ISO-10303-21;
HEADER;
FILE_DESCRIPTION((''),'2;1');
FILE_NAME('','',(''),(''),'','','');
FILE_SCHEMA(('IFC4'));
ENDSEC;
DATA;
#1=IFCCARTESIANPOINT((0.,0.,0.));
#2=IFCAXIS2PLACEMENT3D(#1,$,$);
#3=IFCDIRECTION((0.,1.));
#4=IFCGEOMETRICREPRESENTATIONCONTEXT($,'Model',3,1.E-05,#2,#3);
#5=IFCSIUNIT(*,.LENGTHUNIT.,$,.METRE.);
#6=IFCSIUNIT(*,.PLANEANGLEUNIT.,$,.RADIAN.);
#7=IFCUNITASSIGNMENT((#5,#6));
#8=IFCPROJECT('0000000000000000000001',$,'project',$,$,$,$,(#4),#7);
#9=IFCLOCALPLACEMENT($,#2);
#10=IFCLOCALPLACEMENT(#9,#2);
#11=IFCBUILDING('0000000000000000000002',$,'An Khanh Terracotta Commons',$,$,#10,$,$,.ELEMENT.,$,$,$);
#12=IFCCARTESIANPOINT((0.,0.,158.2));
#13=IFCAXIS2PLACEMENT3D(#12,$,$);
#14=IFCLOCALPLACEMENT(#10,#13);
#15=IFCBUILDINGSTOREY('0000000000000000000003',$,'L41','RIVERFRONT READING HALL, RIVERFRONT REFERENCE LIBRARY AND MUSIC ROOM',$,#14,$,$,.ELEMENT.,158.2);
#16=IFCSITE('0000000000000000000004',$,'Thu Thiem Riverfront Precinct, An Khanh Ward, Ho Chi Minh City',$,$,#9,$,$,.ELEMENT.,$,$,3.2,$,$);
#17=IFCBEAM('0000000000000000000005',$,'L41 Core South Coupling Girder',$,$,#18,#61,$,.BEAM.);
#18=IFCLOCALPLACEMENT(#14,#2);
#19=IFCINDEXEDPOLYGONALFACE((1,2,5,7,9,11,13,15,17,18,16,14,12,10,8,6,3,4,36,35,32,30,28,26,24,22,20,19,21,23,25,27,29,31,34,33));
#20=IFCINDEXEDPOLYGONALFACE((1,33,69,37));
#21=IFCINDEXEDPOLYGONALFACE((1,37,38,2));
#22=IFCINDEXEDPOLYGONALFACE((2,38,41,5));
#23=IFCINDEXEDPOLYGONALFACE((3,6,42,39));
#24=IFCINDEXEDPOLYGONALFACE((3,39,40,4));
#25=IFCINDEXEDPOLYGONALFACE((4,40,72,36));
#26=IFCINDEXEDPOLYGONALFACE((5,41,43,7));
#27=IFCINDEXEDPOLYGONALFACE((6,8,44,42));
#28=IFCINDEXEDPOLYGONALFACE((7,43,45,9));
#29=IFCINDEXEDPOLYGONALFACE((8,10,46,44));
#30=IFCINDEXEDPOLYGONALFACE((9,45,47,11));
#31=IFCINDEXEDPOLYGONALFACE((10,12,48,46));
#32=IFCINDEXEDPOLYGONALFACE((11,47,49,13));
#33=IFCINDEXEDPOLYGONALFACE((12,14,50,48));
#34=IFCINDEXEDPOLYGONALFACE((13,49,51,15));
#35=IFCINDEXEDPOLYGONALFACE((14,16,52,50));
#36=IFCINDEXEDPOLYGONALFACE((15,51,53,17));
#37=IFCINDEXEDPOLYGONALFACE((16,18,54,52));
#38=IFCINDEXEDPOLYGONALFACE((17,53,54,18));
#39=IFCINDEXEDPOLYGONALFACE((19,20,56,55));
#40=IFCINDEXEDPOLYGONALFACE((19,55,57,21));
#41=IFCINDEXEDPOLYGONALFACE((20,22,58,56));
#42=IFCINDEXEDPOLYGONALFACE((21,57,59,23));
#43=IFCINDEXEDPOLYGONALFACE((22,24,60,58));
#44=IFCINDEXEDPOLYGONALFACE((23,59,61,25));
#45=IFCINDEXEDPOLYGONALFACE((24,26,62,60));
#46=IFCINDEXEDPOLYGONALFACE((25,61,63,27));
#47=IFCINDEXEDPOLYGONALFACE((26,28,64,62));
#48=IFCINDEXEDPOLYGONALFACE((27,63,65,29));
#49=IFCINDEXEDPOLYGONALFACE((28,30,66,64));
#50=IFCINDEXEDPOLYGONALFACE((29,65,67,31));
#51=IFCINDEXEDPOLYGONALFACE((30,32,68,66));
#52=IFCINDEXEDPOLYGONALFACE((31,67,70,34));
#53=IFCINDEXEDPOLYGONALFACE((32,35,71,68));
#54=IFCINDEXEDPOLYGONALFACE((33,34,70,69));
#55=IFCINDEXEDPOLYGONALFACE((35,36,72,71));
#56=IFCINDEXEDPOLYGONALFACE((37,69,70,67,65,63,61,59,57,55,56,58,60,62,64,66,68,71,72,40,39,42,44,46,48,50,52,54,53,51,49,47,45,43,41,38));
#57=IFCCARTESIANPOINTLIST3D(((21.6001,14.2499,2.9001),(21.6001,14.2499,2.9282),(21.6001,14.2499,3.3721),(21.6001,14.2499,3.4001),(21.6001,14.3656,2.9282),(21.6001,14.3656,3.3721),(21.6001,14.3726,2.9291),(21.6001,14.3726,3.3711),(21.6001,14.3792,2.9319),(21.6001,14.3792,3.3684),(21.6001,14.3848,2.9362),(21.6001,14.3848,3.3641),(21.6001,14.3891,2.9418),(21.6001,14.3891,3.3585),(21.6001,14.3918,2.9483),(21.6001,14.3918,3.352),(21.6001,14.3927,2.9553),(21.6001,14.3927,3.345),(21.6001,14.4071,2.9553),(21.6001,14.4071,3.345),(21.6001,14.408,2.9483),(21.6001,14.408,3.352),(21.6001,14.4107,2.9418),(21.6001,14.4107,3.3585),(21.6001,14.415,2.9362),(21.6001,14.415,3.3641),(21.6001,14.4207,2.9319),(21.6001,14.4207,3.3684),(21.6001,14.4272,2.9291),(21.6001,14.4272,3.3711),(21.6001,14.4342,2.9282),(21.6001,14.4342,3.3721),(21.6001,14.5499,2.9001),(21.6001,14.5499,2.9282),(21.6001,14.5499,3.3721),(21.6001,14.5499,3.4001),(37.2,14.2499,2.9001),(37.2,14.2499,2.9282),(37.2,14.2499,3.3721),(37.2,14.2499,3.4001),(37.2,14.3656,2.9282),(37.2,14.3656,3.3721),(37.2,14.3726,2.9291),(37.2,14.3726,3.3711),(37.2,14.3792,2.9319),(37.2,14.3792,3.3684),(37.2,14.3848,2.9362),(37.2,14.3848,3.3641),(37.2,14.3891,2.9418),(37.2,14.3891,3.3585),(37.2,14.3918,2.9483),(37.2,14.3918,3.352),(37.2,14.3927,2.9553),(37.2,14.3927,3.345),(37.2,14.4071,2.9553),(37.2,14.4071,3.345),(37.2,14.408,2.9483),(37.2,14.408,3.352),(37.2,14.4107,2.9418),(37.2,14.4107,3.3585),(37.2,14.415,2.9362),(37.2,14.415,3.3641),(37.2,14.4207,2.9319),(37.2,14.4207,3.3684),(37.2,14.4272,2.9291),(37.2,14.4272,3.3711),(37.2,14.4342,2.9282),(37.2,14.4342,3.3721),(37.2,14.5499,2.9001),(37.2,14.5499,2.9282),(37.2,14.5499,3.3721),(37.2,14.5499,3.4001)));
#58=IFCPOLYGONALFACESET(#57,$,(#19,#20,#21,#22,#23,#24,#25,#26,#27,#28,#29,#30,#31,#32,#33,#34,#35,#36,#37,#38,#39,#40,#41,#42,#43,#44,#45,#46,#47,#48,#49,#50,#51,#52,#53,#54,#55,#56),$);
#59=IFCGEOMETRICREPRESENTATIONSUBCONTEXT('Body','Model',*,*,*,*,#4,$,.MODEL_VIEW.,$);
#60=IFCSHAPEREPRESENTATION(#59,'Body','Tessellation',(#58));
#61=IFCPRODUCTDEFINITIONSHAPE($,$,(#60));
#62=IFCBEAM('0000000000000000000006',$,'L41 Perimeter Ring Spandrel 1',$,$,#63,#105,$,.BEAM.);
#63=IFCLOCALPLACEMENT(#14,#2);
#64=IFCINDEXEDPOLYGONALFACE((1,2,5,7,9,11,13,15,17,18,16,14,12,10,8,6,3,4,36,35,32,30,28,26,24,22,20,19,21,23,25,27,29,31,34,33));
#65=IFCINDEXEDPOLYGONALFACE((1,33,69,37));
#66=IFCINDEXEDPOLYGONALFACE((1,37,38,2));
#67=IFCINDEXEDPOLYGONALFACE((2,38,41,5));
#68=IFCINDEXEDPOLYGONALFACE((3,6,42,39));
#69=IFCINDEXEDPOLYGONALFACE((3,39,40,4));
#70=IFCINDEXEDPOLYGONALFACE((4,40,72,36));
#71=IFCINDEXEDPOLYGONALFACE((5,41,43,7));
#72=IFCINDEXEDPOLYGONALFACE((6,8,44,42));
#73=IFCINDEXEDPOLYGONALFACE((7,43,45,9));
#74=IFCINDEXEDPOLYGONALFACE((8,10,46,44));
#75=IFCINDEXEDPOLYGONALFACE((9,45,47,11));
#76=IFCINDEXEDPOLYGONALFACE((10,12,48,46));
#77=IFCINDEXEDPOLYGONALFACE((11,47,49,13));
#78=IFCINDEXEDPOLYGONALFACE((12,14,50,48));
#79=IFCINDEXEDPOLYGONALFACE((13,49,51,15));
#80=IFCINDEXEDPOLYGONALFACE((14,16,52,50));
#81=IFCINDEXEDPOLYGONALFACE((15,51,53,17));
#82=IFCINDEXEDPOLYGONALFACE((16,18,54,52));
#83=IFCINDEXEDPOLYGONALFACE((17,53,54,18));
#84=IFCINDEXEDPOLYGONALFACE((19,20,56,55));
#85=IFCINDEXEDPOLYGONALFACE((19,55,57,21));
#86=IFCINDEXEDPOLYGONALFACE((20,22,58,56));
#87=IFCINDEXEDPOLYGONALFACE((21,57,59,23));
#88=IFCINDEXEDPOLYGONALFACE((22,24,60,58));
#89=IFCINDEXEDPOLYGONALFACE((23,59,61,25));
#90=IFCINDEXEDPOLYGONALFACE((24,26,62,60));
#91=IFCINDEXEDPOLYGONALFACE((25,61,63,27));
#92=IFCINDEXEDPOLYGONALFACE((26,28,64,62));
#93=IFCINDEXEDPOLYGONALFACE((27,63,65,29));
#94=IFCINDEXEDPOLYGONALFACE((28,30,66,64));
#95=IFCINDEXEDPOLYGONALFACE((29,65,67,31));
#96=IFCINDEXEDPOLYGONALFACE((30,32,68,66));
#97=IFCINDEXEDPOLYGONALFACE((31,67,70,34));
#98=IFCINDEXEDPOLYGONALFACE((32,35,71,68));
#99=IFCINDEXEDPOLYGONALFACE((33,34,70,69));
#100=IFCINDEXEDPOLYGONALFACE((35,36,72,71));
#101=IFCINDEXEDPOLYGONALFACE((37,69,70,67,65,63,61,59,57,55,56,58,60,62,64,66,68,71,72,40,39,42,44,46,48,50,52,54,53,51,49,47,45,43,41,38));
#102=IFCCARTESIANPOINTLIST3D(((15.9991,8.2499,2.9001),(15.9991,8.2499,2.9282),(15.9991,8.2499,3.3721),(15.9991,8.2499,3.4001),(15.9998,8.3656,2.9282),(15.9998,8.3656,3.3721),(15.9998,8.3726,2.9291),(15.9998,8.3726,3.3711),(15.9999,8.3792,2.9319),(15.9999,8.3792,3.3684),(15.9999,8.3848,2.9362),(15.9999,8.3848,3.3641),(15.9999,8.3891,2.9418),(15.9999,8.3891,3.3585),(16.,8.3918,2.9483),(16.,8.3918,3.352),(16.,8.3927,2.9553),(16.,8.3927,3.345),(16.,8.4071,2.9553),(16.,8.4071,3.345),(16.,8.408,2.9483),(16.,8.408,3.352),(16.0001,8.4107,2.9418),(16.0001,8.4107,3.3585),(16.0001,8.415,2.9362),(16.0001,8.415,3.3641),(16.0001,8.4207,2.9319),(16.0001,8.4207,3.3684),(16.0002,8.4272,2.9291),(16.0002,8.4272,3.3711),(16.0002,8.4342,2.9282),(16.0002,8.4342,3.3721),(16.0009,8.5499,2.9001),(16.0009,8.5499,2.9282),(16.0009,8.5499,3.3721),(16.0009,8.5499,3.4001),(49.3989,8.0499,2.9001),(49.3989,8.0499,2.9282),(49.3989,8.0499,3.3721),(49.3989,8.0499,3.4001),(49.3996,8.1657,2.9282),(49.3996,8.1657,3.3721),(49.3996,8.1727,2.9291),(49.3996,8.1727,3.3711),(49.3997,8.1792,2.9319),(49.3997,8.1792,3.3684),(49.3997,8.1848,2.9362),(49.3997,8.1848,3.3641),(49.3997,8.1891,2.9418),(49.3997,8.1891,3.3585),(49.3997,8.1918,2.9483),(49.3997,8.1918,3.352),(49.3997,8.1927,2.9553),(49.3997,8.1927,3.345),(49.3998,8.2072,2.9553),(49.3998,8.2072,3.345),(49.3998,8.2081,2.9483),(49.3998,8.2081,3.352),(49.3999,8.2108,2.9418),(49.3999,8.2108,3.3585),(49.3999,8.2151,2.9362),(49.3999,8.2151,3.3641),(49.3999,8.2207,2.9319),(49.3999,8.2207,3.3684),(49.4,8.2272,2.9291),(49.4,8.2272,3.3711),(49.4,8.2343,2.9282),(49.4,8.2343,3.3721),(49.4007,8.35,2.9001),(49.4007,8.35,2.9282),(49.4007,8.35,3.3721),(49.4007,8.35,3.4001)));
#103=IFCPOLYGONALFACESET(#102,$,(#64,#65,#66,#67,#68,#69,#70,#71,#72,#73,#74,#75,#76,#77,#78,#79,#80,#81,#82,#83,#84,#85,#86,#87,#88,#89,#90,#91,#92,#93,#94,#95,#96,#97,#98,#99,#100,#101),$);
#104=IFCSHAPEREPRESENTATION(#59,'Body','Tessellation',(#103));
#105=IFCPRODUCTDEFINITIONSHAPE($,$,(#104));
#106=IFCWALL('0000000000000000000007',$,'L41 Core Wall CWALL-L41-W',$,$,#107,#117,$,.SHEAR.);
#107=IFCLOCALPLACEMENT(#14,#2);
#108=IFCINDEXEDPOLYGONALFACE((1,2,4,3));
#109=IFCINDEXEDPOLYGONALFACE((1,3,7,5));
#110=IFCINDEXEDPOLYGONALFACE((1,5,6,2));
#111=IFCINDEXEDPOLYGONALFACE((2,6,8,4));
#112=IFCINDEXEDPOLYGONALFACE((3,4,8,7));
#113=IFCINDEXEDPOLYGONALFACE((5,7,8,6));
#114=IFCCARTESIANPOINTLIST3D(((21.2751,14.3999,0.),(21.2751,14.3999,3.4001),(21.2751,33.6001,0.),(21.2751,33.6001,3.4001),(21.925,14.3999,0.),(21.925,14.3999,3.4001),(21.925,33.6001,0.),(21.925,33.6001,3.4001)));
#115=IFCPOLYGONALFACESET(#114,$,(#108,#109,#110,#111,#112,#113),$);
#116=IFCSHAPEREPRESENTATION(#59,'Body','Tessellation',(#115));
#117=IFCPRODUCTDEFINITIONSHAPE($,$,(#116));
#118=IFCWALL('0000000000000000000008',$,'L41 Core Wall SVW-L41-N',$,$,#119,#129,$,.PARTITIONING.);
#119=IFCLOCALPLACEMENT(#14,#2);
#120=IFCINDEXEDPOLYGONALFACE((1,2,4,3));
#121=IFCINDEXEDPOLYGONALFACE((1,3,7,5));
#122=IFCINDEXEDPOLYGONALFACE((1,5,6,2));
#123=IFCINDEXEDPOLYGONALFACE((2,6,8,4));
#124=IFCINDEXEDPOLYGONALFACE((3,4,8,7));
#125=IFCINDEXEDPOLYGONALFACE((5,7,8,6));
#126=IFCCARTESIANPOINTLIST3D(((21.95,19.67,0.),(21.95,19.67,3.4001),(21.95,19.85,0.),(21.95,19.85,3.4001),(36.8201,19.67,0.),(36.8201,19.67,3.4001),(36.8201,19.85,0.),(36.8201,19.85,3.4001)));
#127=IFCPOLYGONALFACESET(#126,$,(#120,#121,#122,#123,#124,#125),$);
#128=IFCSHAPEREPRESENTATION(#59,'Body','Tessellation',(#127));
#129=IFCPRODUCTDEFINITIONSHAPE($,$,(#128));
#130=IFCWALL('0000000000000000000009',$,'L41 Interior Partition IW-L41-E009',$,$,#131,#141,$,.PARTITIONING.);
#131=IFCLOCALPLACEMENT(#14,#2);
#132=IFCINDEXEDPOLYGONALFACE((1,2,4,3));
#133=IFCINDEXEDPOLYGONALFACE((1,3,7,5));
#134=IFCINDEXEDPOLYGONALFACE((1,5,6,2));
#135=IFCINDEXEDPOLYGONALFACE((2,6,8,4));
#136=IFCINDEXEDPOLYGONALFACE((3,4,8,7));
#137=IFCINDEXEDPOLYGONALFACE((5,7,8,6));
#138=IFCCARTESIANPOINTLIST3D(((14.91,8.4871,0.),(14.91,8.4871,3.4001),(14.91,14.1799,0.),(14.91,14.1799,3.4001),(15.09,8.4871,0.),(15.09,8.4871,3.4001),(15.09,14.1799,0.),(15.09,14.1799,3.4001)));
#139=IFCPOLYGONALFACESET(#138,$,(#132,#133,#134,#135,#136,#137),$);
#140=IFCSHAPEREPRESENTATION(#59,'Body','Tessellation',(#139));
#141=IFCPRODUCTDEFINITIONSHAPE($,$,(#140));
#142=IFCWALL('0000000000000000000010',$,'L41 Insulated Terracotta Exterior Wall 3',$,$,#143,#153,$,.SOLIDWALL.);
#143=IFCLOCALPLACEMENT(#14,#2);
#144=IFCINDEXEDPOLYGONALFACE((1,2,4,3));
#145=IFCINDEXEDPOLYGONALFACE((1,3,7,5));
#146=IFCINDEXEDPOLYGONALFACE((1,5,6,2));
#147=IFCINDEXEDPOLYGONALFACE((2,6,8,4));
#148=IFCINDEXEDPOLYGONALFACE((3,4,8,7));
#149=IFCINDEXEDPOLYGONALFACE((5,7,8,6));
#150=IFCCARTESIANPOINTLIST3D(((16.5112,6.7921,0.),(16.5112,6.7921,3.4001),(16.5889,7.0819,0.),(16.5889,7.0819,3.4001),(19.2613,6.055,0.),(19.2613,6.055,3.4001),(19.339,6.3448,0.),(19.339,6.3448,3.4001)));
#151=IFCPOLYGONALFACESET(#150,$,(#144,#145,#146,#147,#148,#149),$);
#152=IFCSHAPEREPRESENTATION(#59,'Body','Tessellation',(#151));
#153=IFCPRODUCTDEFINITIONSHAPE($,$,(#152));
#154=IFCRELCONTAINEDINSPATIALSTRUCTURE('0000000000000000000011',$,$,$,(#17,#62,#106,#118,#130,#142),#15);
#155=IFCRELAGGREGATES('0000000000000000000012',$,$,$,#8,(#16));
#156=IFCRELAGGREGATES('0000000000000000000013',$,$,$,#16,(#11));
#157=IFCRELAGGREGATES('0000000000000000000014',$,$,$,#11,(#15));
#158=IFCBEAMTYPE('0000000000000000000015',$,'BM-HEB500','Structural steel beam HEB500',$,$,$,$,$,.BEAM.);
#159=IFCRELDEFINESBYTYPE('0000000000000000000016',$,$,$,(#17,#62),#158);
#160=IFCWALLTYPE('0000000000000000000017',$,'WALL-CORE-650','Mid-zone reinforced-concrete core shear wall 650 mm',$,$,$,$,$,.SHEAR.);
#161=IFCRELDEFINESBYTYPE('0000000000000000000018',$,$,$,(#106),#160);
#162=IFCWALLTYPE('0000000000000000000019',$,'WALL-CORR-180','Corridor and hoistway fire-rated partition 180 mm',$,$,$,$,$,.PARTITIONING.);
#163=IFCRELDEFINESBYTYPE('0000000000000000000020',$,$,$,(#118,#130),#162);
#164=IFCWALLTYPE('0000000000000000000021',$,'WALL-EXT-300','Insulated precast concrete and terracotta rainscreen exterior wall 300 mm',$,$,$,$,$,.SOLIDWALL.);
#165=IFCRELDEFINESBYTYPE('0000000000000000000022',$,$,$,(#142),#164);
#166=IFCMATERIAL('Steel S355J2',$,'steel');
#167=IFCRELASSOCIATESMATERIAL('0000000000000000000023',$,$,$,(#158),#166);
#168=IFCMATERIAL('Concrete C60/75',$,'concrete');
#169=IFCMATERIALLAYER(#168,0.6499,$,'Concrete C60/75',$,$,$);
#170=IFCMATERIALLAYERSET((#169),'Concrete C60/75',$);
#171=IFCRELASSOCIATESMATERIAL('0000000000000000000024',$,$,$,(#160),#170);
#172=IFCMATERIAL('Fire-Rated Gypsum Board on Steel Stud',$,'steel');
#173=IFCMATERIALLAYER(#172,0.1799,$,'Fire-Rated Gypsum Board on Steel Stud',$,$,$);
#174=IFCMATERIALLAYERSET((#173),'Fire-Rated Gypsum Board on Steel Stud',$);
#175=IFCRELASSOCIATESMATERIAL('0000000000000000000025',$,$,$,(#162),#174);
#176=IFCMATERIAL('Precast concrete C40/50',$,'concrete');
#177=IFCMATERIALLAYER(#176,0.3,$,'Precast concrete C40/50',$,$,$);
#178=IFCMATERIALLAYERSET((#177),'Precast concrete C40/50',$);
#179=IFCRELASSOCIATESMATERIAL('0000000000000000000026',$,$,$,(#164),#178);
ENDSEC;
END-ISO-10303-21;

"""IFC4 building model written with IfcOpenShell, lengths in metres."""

from ifc_helpers import new_model, si_unit, direction, frame, frame_2d, origin, origin_2d, place, context, subcontext, project, spatial, rectangle, i_section, extrude, material, layer, layer_set, material_profile, profile_set, type_object, element, save


model = new_model("IFC4")

# Units and contexts
model_context = context("Model", 3, precision=1e-05, world=origin(), true_north=direction((0.0, 1.0)))
body_context = subcontext(model_context, "Body", "Model", "MODEL_VIEW")
ifc_project = project(units=[si_unit("LENGTHUNIT", "METRE"), si_unit("PLANEANGLEUNIT", "RADIAN")], contexts=[model_context])

# Site, building, storey
site_placement = place(None, origin())
site = spatial("IfcSite", under=ifc_project, at=site_placement, Name="Thu Thiem Riverfront Precinct, An Khanh Ward, Ho Chi Minh City", CompositionType="ELEMENT", RefElevation=3.2)
building_placement = place(site_placement, origin())
building = spatial("IfcBuilding", under=site, at=building_placement, Name="An Khanh Terracotta Commons", CompositionType="ELEMENT")
storey_placement = place(building_placement, frame((0.0, 0.0, 158.2)))
storey = spatial("IfcBuildingStorey", under=building, at=storey_placement, Name="L41", Description="RIVERFRONT READING HALL, RIVERFRONT REFERENCE LIBRARY AND MUSIC ROOM", CompositionType="ELEMENT", Elevation=158.2)

# Shared definitions
ifc_material_1 = material(Name="Concrete C60/75", Category="concrete")

# Beams
ifc_material_2 = material(Name="Steel S355J2", Category="steel")
ifc_material_profile_1 = material_profile(ifc_material_2, i_section(OverallWidth=0.3, OverallDepth=0.5, WebThickness=0.0144, FlangeThickness=0.0281, FilletRadius=0.0271, at=origin_2d()), Name="HEB500")
ifc_profile_set_1 = profile_set([ifc_material_profile_1], Name="Steel S355J2")
beam_type_1 = type_object("IfcBeamType", Name="BM-HEB500", Description="Structural steel beam HEB500", PredefinedType="BEAM", material=ifc_profile_set_1)
beam_1_placement = place(storey_placement, frame((21.6001, 14.3999, 3.1501), z_axis=(1.0, 0.0, 0.0), x_axis=(0.0, 1.0, 0.0)))
element("IfcBeam", 1, at=beam_1_placement, inside=storey, type_object=beam_type_1, Name="L41 Core South Coupling Girder", PredefinedType="BEAM", context=body_context, shape_type="SweptSolid", body=[
    extrude(i_section(OverallWidth=0.3, OverallDepth=0.5, WebThickness=0.0144, FlangeThickness=0.0281, FilletRadius=0.0271, at=origin_2d()), origin(), (0.0, 0.0, 1.0), 15.5999),
])
beam_2_placement = place(storey_placement, frame((16.0, 8.3999, 3.1501), z_axis=(0.999982, -0.005986, 0.0), x_axis=(0.005986, 0.999982, 0.0)))
element("IfcBeam", 2, at=beam_2_placement, inside=storey, type_object=beam_type_1, Name="L41 Perimeter Ring Spandrel 1", PredefinedType="BEAM", context=body_context, shape_type="SweptSolid", body=[
    extrude(i_section(OverallWidth=0.3, OverallDepth=0.5, WebThickness=0.0144, FlangeThickness=0.0281, FilletRadius=0.0271, at=origin_2d()), origin(), (0.0, 0.0, 1.0), 33.4004),
])

# Walls
ifc_layer_1 = layer(ifc_material_1, 0.6499, Name="Concrete C60/75")
ifc_layer_set_1 = layer_set([ifc_layer_1], Name="Concrete C60/75")
wall_type_1 = type_object("IfcWallType", Name="WALL-CORE-650", Description="Mid-zone reinforced-concrete core shear wall 650 mm", PredefinedType="SHEAR", material=ifc_layer_set_1)
wall_1_placement = place(storey_placement, frame((21.6001, 14.3999, 0.0), z_axis=(0.0, 0.0, 1.0), x_axis=(0.0, 1.0, 0.0)))
element("IfcWall", 3, at=wall_1_placement, inside=storey, type_object=wall_type_1, Name="L41 Core Wall CWALL-L41-W", PredefinedType="SHEAR", context=body_context, shape_type="SweptSolid", body=[
    extrude(rectangle(XDim=19.2002, YDim=0.6499, at=frame_2d((9.6001, 0.0))), origin(), (0.0, 0.0, 1.0), 3.4001),
])
ifc_material_3 = material(Name="Fire-Rated Gypsum Board on Steel Stud", Category="steel")
ifc_layer_2 = layer(ifc_material_3, 0.1799, Name="Fire-Rated Gypsum Board on Steel Stud")
ifc_layer_set_2 = layer_set([ifc_layer_2], Name="Fire-Rated Gypsum Board on Steel Stud")
wall_type_2 = type_object("IfcWallType", Name="WALL-CORR-180", Description="Corridor and hoistway fire-rated partition 180 mm", PredefinedType="PARTITIONING", material=ifc_layer_set_2)
wall_2_placement = place(storey_placement, frame((21.95, 19.76, 0.0), z_axis=(0.0, 0.0, 1.0), x_axis=(1.0, 0.0, 0.0)))
element("IfcWall", 4, at=wall_2_placement, inside=storey, type_object=wall_type_2, Name="L41 Core Wall SVW-L41-N", PredefinedType="PARTITIONING", context=body_context, shape_type="SweptSolid", body=[
    extrude(rectangle(XDim=14.8701, YDim=0.1799, at=frame_2d((7.4351, 0.0))), origin(), (0.0, 0.0, 1.0), 3.4001),
])
wall_3_placement = place(storey_placement, frame((15.0, 8.4871, 0.0), z_axis=(0.0, 0.0, 1.0), x_axis=(0.0, 1.0, 0.0)))
element("IfcWall", 5, at=wall_3_placement, inside=storey, type_object=wall_type_2, Name="L41 Interior Partition IW-L41-E009", PredefinedType="PARTITIONING", context=body_context, shape_type="SweptSolid", body=[
    extrude(rectangle(XDim=5.6929, YDim=0.1799, at=frame_2d((2.8464, 0.0))), origin(), (0.0, 0.0, 1.0), 3.4001),
])
ifc_material_4 = material(Name="Precast concrete C40/50", Category="concrete")
ifc_layer_3 = layer(ifc_material_4, 0.3, Name="Precast concrete C40/50")
ifc_layer_set_3 = layer_set([ifc_layer_3], Name="Precast concrete C40/50")
wall_type_3 = type_object("IfcWallType", Name="WALL-EXT-300", Description="Insulated precast concrete and terracotta rainscreen exterior wall 300 mm", PredefinedType="SOLIDWALL", material=ifc_layer_set_3)
wall_4_placement = place(storey_placement, frame((16.55, 6.937, 0.0), z_axis=(0.0, 0.0, 1.0), x_axis=(0.965908, -0.258885, 0.0)))
element("IfcWall", 6, at=wall_4_placement, inside=storey, type_object=wall_type_3, Name="L41 Insulated Terracotta Exterior Wall 3", PredefinedType="SOLIDWALL", context=body_context, shape_type="SweptSolid", body=[
    extrude(rectangle(XDim=2.8472, YDim=0.3, at=frame_2d((1.4236, 0.0))), origin(), (0.0, 0.0, 1.0), 3.4001),
])

save(model, "model.ifc")
